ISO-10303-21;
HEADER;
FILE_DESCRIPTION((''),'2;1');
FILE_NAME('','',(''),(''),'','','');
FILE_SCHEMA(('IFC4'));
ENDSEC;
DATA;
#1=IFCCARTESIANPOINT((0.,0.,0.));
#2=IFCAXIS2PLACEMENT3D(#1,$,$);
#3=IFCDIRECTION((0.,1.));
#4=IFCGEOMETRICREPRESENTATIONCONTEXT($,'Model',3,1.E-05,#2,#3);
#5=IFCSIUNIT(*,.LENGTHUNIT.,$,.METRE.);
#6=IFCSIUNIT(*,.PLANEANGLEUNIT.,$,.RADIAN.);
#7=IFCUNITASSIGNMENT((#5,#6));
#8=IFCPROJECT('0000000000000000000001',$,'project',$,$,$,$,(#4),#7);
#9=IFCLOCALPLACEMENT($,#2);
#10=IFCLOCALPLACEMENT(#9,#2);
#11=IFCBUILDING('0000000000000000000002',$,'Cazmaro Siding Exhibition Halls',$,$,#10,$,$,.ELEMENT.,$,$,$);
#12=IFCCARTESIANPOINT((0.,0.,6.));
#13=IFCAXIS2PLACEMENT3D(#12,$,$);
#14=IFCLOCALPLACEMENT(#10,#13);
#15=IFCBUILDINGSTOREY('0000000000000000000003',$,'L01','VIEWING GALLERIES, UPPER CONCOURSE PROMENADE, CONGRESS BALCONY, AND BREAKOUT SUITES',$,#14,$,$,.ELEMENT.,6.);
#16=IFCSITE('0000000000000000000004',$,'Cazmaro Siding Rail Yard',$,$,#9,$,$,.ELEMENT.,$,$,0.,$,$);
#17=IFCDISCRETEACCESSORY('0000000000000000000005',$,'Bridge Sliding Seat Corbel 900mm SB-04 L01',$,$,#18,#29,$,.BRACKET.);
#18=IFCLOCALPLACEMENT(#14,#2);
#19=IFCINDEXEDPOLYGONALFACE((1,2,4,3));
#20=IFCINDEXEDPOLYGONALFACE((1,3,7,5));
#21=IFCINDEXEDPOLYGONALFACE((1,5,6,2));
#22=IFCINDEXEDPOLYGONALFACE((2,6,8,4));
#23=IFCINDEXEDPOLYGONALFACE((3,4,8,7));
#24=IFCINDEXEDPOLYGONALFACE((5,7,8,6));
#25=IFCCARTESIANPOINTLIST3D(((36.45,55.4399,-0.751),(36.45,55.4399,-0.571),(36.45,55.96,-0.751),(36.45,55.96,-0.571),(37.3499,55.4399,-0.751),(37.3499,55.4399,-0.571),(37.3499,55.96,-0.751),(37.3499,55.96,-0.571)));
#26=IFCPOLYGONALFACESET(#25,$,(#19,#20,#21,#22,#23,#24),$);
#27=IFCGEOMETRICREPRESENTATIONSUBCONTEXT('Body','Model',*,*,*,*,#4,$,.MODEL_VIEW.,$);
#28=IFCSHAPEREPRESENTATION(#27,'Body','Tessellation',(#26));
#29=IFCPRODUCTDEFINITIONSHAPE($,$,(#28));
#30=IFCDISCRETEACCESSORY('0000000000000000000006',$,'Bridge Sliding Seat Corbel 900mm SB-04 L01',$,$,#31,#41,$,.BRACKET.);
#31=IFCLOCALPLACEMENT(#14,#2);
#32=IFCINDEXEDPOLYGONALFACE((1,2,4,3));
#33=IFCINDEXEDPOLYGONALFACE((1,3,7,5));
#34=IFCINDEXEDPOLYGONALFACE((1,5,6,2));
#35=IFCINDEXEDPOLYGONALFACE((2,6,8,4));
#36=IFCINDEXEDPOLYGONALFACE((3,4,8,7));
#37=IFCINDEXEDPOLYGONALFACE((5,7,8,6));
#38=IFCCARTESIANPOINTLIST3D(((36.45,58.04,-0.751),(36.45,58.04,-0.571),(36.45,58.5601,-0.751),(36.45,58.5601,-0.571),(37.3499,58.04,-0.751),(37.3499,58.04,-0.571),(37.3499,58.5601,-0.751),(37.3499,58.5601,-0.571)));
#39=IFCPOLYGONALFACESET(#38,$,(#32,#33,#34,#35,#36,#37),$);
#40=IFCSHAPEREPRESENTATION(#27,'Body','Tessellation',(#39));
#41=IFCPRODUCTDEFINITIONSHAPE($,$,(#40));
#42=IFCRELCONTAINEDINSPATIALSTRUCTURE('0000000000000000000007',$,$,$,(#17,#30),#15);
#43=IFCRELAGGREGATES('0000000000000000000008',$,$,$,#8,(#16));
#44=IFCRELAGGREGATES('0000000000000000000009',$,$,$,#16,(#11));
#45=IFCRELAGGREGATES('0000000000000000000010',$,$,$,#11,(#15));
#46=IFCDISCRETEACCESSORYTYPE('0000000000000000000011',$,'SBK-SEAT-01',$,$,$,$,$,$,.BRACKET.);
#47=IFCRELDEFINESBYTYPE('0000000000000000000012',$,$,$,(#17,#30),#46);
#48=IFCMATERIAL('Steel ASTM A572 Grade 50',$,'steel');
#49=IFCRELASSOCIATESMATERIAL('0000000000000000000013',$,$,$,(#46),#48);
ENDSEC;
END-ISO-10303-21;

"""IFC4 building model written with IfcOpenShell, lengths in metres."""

from ifc_helpers import new_model, si_unit, direction, frame, origin, origin_2d, place, context, subcontext, project, spatial, rectangle, extrude, material, type_object, element, save


model = new_model("IFC4")

# Units and contexts
model_context = context("Model", 3, precision=1e-05, world=origin(), true_north=direction((0.0, 1.0)))
body_context = subcontext(model_context, "Body", "Model", "MODEL_VIEW")
ifc_project = project(units=[si_unit("LENGTHUNIT", "METRE"), si_unit("PLANEANGLEUNIT", "RADIAN")], contexts=[model_context])

# Site, building, storey
site_placement = place(None, origin())
site = spatial("IfcSite", under=ifc_project, at=site_placement, Name="Cazmaro Siding Rail Yard", CompositionType="ELEMENT", RefElevation=0.0)
building_placement = place(site_placement, origin())
building = spatial("IfcBuilding", under=site, at=building_placement, Name="Cazmaro Siding Exhibition Halls", CompositionType="ELEMENT")
storey_placement = place(building_placement, frame((0.0, 0.0, 6.0)))
storey = spatial("IfcBuildingStorey", under=building, at=storey_placement, Name="L01", Description="VIEWING GALLERIES, UPPER CONCOURSE PROMENADE, CONGRESS BALCONY, AND BREAKOUT SUITES", CompositionType="ELEMENT", Elevation=6.0)

# Discrete accessories
ifc_material_1 = material(Name="Steel ASTM A572 Grade 50", Category="steel")
discrete_accessory_type_1 = type_object("IfcDiscreteAccessoryType", Name="SBK-SEAT-01", PredefinedType="BRACKET", material=ifc_material_1)
for number, where, z_axis, x_axis, name in (
    (1, (36.8999, 55.7, -0.751), (0.0, 0.0, 1.0), (1.0, 0.0, 0.0), "Bridge Sliding Seat Corbel 900mm SB-04 L01"),
    (2, (36.8999, 58.3, -0.751), (0.0, 0.0, 1.0), (1.0, 0.0, 0.0), "Bridge Sliding Seat Corbel 900mm SB-04 L01"),
):
    element("IfcDiscreteAccessory", number, at=place(storey_placement, frame(where, z_axis=z_axis, x_axis=x_axis)), inside=storey, type_object=discrete_accessory_type_1, Name=name, PredefinedType="BRACKET", context=body_context, shape_type="SweptSolid", body=[
        extrude(rectangle(XDim=0.8999, YDim=0.52, at=origin_2d()), origin(), (0.0, 0.0, 1.0), 0.1799),
    ])

save(model, "model.ifc")
